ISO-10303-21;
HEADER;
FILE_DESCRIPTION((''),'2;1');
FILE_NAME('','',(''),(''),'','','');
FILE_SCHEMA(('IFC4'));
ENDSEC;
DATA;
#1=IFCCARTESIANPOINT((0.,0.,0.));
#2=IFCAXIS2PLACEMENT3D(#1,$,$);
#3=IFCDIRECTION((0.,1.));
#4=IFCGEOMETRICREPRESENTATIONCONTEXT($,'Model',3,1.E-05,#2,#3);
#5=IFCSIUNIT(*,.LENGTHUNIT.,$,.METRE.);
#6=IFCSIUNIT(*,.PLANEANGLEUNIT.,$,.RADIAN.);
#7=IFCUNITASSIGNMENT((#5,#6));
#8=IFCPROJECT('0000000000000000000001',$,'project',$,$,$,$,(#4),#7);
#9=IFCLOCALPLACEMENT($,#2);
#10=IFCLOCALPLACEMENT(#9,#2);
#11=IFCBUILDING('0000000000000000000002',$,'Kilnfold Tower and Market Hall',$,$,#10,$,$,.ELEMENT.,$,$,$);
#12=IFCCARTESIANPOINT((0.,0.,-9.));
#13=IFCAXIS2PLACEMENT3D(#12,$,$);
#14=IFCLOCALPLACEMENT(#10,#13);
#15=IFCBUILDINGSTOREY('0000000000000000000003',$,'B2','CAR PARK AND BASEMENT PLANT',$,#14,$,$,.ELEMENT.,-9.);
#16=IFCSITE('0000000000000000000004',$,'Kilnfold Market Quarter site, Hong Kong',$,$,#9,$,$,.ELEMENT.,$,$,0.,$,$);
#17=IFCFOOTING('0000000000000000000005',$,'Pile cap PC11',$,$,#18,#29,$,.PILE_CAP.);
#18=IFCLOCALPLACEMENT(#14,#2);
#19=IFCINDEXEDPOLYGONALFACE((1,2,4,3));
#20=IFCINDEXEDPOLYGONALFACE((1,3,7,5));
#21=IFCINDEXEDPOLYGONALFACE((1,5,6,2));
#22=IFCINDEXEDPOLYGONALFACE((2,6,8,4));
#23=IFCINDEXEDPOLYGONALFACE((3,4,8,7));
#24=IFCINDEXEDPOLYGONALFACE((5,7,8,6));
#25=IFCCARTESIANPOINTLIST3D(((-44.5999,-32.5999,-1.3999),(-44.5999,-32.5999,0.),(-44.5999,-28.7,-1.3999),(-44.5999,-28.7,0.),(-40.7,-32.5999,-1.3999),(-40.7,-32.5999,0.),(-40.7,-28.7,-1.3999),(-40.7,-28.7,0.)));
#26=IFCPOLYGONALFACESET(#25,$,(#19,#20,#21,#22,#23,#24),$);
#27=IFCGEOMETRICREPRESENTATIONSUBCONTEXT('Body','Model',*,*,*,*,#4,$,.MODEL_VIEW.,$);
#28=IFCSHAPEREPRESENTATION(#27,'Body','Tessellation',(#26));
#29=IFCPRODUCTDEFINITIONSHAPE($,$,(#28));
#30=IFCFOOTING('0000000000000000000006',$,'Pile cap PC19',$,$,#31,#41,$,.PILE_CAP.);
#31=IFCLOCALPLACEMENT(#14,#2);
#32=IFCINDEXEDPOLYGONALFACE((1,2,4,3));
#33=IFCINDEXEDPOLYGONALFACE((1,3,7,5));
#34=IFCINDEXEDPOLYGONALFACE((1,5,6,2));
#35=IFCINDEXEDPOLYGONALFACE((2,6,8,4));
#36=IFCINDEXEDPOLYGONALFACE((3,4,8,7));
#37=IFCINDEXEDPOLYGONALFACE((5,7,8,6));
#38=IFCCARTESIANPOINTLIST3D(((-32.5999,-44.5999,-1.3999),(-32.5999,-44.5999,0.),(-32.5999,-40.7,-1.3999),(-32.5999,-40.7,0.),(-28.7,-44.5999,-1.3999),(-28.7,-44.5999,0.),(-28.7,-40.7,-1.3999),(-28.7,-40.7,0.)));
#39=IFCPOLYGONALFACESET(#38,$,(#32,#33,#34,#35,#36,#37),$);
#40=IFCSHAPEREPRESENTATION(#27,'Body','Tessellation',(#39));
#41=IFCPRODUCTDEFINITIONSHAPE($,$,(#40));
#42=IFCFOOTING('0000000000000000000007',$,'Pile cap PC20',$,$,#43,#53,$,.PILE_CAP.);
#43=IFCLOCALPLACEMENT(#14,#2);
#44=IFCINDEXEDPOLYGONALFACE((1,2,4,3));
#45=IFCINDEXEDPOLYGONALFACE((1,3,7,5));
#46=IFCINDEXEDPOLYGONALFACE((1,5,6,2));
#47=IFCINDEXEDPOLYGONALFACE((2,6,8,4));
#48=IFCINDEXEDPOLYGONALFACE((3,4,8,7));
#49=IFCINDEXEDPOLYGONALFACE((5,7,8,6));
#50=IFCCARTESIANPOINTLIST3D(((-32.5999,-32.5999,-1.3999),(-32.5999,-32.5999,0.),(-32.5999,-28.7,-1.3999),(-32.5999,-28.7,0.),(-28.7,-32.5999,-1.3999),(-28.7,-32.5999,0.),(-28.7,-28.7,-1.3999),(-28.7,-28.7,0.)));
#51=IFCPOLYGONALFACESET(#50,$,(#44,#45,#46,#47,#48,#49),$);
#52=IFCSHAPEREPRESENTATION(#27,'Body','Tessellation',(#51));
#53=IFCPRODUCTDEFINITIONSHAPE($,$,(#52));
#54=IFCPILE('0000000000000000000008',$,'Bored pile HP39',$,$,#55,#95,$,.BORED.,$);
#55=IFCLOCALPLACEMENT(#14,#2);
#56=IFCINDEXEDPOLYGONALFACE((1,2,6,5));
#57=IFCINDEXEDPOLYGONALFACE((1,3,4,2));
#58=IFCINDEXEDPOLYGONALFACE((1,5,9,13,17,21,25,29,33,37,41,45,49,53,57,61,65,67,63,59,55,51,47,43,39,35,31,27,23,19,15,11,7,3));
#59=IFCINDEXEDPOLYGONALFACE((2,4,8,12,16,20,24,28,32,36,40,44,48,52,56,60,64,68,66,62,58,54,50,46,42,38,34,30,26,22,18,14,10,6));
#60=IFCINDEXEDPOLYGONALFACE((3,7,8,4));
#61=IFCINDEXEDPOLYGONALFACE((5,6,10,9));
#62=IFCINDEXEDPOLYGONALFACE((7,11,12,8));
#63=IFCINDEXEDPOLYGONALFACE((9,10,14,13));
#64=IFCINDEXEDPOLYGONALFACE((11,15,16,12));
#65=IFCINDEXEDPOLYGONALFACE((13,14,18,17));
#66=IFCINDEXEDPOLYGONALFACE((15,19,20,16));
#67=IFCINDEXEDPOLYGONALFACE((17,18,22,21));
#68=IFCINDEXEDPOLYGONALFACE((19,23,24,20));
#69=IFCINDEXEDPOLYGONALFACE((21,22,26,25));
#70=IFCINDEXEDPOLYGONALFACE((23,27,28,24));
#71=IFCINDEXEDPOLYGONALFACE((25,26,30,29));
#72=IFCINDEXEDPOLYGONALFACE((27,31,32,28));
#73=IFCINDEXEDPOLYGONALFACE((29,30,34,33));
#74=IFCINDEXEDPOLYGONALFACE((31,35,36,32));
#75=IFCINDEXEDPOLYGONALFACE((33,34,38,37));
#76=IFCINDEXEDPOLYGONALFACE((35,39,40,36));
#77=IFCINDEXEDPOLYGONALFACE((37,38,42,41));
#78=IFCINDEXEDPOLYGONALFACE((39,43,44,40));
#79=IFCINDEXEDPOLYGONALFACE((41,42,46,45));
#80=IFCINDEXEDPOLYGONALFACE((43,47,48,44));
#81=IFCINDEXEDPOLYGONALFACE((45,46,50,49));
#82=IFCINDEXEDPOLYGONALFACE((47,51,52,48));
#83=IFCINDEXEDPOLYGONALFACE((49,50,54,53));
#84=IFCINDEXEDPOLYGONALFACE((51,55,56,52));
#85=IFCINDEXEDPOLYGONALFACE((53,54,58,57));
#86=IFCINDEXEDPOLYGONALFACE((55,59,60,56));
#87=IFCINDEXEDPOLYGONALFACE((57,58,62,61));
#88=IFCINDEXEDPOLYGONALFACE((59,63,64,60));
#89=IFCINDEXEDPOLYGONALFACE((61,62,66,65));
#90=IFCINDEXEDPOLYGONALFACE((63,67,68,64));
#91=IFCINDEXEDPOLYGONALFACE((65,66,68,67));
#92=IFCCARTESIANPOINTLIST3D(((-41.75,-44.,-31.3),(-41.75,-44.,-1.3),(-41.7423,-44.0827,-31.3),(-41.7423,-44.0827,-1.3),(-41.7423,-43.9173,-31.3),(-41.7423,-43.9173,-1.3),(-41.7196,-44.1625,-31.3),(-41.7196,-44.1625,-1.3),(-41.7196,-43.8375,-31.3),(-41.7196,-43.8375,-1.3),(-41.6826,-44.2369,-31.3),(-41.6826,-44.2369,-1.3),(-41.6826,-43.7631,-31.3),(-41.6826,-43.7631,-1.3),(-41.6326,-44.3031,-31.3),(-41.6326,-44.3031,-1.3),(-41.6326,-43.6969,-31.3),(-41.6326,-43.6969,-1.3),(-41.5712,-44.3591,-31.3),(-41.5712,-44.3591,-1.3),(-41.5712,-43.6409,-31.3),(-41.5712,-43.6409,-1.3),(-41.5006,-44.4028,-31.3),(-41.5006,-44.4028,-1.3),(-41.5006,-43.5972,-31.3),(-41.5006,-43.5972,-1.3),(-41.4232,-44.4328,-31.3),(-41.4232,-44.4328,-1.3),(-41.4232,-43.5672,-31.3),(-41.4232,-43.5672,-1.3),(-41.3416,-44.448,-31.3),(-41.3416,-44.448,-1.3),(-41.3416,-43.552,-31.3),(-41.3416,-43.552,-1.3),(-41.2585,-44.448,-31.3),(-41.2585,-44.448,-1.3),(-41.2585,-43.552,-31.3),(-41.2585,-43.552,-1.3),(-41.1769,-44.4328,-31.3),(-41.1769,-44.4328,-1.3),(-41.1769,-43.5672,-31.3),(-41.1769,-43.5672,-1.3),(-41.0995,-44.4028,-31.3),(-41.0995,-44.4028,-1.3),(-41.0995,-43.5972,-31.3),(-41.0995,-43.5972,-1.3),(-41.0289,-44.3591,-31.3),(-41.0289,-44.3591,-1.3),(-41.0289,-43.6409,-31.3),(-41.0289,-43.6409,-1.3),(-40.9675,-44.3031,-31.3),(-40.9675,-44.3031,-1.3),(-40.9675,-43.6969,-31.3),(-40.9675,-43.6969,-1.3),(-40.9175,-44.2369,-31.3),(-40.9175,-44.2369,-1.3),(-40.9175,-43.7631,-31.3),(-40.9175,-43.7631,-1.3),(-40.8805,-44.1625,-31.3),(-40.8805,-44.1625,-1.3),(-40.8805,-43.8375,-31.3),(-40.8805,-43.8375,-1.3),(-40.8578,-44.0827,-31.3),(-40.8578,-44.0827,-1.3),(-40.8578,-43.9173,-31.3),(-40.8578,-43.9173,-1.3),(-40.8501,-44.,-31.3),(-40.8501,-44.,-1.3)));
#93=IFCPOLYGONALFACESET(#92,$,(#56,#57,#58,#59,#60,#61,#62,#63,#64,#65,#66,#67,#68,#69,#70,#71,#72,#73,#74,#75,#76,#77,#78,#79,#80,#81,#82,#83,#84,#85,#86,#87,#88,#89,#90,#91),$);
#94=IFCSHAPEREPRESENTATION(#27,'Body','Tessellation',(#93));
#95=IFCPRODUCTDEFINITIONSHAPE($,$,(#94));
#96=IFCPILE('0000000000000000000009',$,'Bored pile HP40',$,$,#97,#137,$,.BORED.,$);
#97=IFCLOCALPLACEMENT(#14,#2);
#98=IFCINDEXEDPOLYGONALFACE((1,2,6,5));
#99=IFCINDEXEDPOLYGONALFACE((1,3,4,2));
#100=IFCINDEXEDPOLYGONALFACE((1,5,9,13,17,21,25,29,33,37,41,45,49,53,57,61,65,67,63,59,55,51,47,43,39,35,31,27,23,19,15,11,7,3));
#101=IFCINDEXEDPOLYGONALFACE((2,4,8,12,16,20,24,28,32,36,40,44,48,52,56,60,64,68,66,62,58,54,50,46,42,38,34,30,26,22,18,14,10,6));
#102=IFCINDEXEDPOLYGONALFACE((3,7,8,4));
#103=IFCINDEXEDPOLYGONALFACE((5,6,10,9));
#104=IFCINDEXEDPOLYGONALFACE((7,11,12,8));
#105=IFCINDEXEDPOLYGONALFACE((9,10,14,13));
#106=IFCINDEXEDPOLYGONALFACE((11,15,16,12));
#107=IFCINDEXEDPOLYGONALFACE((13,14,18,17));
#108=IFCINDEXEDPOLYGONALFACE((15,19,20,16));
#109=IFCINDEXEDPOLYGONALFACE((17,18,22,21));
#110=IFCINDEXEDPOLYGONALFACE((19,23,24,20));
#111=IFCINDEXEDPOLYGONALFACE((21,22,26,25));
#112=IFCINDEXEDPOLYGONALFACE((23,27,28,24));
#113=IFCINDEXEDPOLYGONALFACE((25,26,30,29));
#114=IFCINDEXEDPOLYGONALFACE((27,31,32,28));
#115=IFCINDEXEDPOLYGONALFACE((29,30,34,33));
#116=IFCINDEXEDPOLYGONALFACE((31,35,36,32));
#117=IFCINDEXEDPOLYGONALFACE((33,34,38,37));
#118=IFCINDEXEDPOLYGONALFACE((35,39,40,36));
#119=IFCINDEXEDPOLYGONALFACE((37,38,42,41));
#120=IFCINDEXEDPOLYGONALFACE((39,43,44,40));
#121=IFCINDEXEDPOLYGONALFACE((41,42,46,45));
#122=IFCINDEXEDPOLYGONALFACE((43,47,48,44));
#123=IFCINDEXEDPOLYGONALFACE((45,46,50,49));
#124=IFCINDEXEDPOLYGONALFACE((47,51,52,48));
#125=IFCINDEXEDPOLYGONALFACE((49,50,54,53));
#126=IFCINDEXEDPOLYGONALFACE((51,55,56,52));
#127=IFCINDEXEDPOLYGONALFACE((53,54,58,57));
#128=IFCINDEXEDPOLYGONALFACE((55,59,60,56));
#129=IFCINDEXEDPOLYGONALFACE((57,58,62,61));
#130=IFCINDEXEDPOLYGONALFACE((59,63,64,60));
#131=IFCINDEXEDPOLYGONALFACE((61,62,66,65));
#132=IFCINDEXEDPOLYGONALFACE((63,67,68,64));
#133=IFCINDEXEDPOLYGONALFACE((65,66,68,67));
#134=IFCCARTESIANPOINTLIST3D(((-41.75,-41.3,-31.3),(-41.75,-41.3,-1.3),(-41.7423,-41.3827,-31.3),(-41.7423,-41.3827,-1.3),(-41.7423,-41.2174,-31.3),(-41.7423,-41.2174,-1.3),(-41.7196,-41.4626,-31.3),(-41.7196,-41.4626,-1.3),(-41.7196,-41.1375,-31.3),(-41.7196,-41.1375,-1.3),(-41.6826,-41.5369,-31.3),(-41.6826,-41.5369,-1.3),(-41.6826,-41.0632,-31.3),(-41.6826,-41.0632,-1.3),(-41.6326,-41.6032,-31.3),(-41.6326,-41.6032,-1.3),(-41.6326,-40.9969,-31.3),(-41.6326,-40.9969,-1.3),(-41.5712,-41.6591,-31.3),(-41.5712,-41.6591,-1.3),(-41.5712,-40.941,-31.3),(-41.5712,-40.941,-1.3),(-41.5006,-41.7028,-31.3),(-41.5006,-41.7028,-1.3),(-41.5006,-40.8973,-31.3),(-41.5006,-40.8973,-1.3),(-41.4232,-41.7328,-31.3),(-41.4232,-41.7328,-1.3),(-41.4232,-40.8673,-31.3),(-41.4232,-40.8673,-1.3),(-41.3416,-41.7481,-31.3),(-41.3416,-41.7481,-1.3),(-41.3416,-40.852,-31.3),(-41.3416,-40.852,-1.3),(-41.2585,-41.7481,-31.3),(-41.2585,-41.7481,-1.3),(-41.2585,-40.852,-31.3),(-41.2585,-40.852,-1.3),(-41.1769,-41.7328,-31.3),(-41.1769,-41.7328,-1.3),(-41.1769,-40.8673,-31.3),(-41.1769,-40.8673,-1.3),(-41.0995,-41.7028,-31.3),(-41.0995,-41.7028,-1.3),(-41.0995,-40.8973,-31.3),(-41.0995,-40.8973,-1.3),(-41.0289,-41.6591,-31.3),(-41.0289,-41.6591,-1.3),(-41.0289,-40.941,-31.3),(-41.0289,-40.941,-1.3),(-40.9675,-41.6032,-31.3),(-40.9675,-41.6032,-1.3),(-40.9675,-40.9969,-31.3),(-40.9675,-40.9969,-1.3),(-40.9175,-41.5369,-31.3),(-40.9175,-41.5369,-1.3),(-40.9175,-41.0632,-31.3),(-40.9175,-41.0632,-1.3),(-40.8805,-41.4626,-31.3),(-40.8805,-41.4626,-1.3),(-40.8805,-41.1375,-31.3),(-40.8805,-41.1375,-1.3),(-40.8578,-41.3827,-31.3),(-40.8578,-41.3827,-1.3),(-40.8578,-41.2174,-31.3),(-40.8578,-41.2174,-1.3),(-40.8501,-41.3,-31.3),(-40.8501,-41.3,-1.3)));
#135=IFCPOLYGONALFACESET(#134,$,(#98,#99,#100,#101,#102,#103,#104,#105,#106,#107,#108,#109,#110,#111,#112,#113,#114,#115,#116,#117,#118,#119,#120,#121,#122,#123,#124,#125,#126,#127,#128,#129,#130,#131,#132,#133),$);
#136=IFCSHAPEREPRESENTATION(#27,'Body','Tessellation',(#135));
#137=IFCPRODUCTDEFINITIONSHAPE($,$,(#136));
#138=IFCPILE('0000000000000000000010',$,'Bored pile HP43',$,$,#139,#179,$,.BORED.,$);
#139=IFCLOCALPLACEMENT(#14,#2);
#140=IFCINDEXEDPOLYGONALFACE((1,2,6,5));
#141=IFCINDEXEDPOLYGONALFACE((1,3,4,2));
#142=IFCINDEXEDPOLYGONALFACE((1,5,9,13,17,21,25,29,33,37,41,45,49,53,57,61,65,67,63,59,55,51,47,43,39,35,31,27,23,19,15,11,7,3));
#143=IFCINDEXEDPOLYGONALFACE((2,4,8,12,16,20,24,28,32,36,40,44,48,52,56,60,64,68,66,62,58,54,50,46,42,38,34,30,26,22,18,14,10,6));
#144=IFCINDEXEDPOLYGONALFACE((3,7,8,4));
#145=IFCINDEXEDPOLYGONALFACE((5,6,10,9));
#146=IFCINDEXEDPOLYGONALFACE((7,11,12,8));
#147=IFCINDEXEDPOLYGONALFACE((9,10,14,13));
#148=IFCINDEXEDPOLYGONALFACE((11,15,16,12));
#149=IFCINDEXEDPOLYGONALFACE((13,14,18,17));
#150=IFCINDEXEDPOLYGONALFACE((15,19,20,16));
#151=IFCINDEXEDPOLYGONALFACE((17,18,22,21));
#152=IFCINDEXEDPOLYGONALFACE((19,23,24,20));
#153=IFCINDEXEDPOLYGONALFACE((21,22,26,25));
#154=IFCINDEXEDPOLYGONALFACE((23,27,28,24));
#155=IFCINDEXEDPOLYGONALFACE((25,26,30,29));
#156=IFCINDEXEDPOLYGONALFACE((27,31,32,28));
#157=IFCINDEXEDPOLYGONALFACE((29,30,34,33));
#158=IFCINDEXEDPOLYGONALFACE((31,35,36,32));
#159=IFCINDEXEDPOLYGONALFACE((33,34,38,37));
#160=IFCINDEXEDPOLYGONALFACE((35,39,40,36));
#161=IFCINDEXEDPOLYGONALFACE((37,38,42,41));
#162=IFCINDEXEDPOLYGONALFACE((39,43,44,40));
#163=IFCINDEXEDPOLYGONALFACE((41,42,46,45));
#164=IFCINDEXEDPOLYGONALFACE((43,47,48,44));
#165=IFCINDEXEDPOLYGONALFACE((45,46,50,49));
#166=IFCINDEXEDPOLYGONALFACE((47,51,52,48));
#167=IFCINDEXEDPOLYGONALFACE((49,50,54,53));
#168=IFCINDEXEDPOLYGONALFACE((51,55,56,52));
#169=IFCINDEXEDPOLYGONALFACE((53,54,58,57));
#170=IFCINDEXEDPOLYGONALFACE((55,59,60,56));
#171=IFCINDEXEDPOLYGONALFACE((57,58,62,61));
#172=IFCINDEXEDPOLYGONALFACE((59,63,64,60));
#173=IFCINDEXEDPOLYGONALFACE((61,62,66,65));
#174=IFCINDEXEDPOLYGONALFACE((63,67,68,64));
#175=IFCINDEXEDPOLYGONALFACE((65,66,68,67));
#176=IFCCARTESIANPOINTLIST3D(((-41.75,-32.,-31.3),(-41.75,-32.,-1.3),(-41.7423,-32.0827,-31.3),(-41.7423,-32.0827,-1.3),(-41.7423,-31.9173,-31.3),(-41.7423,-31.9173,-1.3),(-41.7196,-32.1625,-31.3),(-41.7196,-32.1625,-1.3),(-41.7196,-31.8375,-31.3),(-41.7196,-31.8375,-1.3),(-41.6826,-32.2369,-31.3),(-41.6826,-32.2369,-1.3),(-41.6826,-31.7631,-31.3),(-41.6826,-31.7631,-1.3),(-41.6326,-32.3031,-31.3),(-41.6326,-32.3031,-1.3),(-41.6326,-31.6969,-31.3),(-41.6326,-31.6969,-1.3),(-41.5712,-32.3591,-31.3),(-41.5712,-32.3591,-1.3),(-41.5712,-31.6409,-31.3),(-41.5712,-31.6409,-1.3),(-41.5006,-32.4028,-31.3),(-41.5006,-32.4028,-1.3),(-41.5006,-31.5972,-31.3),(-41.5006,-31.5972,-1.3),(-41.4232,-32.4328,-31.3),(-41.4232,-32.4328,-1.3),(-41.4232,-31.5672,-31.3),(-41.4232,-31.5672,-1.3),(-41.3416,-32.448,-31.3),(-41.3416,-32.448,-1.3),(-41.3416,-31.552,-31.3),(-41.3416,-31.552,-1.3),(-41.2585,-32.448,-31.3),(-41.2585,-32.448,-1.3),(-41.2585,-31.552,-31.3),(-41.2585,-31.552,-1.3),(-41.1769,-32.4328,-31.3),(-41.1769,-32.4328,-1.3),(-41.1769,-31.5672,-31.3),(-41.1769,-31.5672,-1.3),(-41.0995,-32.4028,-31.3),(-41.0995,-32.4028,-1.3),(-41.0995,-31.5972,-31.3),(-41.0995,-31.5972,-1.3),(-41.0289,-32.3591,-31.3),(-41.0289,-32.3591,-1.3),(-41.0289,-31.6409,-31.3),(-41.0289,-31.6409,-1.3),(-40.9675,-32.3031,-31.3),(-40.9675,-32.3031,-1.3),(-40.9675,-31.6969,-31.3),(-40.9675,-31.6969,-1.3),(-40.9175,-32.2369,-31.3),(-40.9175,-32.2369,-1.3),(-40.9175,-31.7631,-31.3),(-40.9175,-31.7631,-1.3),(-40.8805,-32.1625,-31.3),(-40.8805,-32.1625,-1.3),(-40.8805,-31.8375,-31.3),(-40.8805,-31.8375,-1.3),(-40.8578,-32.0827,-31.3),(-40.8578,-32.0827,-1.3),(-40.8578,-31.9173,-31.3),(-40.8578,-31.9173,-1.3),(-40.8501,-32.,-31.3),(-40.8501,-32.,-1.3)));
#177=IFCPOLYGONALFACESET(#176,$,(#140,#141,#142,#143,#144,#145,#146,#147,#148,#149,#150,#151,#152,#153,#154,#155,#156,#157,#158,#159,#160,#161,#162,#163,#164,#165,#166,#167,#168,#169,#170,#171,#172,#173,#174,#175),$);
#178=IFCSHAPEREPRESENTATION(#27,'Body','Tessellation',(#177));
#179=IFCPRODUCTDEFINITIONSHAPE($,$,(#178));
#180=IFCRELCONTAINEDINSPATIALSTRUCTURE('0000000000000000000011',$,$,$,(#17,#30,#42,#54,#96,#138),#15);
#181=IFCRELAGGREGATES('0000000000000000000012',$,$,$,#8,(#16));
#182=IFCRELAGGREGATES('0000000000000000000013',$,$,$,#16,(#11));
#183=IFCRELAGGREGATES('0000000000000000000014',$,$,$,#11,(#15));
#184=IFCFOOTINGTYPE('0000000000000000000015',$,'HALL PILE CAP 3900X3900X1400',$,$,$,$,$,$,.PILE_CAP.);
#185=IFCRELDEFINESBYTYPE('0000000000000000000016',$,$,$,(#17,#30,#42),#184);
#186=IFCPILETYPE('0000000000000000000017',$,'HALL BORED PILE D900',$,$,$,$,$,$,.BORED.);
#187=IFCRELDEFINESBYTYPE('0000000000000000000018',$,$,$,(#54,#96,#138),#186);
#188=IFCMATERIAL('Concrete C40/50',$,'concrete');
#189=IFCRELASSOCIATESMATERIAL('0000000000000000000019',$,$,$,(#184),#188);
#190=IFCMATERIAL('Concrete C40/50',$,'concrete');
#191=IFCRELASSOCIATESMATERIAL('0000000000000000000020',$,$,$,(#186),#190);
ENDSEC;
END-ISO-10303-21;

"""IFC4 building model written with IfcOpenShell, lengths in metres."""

from ifc_helpers import new_model, si_unit, direction, frame, origin, origin_2d, place, context, subcontext, project, spatial, rectangle, circle, extrude, source, transform, mapped, material, material_profile, profile_set, type_object, element, save


model = new_model("IFC4")

# Units and contexts
model_context = context("Model", 3, precision=1e-05, world=origin(), true_north=direction((0.0, 1.0)))
body_context = subcontext(model_context, "Body", "Model", "MODEL_VIEW")
ifc_project = project(units=[si_unit("LENGTHUNIT", "METRE"), si_unit("PLANEANGLEUNIT", "RADIAN")], contexts=[model_context])

# Site, building, storey
site_placement = place(None, origin())
site = spatial("IfcSite", under=ifc_project, at=site_placement, Name="Kilnfold Market Quarter site, Hong Kong", CompositionType="ELEMENT", RefElevation=0.0)
building_placement = place(site_placement, origin())
building = spatial("IfcBuilding", under=site, at=building_placement, Name="Kilnfold Tower and Market Hall", CompositionType="ELEMENT")
storey_placement = place(building_placement, frame((0.0, 0.0, -9.0)))
storey = spatial("IfcBuildingStorey", under=building, at=storey_placement, Name="B2", Description="CAR PARK AND BASEMENT PLANT", CompositionType="ELEMENT", Elevation=-9.0)

# Footings
ifc_material_1 = material(Name="Concrete C40/50", Category="concrete")
footing_type = type_object("IfcFootingType", Name="HALL PILE CAP 3900X3900X1400", PredefinedType="PILE_CAP", material=ifc_material_1)
shared_shape_1 = source(origin(), body_context, "Body", "SweptSolid", [
    extrude(rectangle(XDim=3.8999, YDim=3.8999, at=origin_2d()), origin(), (0.0, 0.0, 1.0), 1.3999),
])
for number, where, z_axis, x_axis, name in (
    (1, (-42.6499, -30.6499, -1.3999), (0.0, 0.0, 1.0), (1.0, 0.0, 0.0), "Pile cap PC11"),
    (2, (-30.6499, -42.6499, -1.3999), (0.0, 0.0, 1.0), (1.0, 0.0, 0.0), "Pile cap PC19"),
    (3, (-30.6499, -30.6499, -1.3999), (0.0, 0.0, 1.0), (1.0, 0.0, 0.0), "Pile cap PC20"),
):
    element("IfcFooting", number, at=place(storey_placement, frame(where, z_axis=z_axis, x_axis=x_axis)), inside=storey, type_object=footing_type, Name=name, PredefinedType="PILE_CAP", context=body_context, shape_type="MappedRepresentation", body=[
        mapped(shared_shape_1, transform((0.0, 0.0, 0.0))),
    ])

# Piles
ifc_material_2 = material(Name="Concrete C40/50", Category="concrete")
ifc_material_profile_1 = material_profile(ifc_material_2, circle(Radius=0.45, at=origin_2d()), Name="D900")
ifc_profile_set_1 = profile_set([ifc_material_profile_1], Name="Concrete C40/50")
pile_type = type_object("IfcPileType", Name="HALL BORED PILE D900", PredefinedType="BORED", material=ifc_profile_set_1)
shared_shape_2 = source(origin(), body_context, "Body", "SweptSolid", [
    extrude(circle(Radius=0.45, at=origin_2d()), origin(), (0.0, 0.0, 1.0), 30.0),
])
for number, where, z_axis, x_axis, name in (
    (4, (-41.3, -44.0, -1.3), (0.0, 0.0, -1.0), (1.0, 0.0, 0.0), "Bored pile HP39"),
    (5, (-41.3, -41.3, -1.3), (0.0, 0.0, -1.0), (1.0, 0.0, 0.0), "Bored pile HP40"),
    (6, (-41.3, -32.0, -1.3), (0.0, 0.0, -1.0), (1.0, 0.0, 0.0), "Bored pile HP43"),
):
    element("IfcPile", number, at=place(storey_placement, frame(where, z_axis=z_axis, x_axis=x_axis)), inside=storey, type_object=pile_type, Name=name, PredefinedType="BORED", context=body_context, shape_type="MappedRepresentation", body=[
        mapped(shared_shape_2, transform((0.0, 0.0, 0.0))),
    ])

save(model, "model.ifc")
